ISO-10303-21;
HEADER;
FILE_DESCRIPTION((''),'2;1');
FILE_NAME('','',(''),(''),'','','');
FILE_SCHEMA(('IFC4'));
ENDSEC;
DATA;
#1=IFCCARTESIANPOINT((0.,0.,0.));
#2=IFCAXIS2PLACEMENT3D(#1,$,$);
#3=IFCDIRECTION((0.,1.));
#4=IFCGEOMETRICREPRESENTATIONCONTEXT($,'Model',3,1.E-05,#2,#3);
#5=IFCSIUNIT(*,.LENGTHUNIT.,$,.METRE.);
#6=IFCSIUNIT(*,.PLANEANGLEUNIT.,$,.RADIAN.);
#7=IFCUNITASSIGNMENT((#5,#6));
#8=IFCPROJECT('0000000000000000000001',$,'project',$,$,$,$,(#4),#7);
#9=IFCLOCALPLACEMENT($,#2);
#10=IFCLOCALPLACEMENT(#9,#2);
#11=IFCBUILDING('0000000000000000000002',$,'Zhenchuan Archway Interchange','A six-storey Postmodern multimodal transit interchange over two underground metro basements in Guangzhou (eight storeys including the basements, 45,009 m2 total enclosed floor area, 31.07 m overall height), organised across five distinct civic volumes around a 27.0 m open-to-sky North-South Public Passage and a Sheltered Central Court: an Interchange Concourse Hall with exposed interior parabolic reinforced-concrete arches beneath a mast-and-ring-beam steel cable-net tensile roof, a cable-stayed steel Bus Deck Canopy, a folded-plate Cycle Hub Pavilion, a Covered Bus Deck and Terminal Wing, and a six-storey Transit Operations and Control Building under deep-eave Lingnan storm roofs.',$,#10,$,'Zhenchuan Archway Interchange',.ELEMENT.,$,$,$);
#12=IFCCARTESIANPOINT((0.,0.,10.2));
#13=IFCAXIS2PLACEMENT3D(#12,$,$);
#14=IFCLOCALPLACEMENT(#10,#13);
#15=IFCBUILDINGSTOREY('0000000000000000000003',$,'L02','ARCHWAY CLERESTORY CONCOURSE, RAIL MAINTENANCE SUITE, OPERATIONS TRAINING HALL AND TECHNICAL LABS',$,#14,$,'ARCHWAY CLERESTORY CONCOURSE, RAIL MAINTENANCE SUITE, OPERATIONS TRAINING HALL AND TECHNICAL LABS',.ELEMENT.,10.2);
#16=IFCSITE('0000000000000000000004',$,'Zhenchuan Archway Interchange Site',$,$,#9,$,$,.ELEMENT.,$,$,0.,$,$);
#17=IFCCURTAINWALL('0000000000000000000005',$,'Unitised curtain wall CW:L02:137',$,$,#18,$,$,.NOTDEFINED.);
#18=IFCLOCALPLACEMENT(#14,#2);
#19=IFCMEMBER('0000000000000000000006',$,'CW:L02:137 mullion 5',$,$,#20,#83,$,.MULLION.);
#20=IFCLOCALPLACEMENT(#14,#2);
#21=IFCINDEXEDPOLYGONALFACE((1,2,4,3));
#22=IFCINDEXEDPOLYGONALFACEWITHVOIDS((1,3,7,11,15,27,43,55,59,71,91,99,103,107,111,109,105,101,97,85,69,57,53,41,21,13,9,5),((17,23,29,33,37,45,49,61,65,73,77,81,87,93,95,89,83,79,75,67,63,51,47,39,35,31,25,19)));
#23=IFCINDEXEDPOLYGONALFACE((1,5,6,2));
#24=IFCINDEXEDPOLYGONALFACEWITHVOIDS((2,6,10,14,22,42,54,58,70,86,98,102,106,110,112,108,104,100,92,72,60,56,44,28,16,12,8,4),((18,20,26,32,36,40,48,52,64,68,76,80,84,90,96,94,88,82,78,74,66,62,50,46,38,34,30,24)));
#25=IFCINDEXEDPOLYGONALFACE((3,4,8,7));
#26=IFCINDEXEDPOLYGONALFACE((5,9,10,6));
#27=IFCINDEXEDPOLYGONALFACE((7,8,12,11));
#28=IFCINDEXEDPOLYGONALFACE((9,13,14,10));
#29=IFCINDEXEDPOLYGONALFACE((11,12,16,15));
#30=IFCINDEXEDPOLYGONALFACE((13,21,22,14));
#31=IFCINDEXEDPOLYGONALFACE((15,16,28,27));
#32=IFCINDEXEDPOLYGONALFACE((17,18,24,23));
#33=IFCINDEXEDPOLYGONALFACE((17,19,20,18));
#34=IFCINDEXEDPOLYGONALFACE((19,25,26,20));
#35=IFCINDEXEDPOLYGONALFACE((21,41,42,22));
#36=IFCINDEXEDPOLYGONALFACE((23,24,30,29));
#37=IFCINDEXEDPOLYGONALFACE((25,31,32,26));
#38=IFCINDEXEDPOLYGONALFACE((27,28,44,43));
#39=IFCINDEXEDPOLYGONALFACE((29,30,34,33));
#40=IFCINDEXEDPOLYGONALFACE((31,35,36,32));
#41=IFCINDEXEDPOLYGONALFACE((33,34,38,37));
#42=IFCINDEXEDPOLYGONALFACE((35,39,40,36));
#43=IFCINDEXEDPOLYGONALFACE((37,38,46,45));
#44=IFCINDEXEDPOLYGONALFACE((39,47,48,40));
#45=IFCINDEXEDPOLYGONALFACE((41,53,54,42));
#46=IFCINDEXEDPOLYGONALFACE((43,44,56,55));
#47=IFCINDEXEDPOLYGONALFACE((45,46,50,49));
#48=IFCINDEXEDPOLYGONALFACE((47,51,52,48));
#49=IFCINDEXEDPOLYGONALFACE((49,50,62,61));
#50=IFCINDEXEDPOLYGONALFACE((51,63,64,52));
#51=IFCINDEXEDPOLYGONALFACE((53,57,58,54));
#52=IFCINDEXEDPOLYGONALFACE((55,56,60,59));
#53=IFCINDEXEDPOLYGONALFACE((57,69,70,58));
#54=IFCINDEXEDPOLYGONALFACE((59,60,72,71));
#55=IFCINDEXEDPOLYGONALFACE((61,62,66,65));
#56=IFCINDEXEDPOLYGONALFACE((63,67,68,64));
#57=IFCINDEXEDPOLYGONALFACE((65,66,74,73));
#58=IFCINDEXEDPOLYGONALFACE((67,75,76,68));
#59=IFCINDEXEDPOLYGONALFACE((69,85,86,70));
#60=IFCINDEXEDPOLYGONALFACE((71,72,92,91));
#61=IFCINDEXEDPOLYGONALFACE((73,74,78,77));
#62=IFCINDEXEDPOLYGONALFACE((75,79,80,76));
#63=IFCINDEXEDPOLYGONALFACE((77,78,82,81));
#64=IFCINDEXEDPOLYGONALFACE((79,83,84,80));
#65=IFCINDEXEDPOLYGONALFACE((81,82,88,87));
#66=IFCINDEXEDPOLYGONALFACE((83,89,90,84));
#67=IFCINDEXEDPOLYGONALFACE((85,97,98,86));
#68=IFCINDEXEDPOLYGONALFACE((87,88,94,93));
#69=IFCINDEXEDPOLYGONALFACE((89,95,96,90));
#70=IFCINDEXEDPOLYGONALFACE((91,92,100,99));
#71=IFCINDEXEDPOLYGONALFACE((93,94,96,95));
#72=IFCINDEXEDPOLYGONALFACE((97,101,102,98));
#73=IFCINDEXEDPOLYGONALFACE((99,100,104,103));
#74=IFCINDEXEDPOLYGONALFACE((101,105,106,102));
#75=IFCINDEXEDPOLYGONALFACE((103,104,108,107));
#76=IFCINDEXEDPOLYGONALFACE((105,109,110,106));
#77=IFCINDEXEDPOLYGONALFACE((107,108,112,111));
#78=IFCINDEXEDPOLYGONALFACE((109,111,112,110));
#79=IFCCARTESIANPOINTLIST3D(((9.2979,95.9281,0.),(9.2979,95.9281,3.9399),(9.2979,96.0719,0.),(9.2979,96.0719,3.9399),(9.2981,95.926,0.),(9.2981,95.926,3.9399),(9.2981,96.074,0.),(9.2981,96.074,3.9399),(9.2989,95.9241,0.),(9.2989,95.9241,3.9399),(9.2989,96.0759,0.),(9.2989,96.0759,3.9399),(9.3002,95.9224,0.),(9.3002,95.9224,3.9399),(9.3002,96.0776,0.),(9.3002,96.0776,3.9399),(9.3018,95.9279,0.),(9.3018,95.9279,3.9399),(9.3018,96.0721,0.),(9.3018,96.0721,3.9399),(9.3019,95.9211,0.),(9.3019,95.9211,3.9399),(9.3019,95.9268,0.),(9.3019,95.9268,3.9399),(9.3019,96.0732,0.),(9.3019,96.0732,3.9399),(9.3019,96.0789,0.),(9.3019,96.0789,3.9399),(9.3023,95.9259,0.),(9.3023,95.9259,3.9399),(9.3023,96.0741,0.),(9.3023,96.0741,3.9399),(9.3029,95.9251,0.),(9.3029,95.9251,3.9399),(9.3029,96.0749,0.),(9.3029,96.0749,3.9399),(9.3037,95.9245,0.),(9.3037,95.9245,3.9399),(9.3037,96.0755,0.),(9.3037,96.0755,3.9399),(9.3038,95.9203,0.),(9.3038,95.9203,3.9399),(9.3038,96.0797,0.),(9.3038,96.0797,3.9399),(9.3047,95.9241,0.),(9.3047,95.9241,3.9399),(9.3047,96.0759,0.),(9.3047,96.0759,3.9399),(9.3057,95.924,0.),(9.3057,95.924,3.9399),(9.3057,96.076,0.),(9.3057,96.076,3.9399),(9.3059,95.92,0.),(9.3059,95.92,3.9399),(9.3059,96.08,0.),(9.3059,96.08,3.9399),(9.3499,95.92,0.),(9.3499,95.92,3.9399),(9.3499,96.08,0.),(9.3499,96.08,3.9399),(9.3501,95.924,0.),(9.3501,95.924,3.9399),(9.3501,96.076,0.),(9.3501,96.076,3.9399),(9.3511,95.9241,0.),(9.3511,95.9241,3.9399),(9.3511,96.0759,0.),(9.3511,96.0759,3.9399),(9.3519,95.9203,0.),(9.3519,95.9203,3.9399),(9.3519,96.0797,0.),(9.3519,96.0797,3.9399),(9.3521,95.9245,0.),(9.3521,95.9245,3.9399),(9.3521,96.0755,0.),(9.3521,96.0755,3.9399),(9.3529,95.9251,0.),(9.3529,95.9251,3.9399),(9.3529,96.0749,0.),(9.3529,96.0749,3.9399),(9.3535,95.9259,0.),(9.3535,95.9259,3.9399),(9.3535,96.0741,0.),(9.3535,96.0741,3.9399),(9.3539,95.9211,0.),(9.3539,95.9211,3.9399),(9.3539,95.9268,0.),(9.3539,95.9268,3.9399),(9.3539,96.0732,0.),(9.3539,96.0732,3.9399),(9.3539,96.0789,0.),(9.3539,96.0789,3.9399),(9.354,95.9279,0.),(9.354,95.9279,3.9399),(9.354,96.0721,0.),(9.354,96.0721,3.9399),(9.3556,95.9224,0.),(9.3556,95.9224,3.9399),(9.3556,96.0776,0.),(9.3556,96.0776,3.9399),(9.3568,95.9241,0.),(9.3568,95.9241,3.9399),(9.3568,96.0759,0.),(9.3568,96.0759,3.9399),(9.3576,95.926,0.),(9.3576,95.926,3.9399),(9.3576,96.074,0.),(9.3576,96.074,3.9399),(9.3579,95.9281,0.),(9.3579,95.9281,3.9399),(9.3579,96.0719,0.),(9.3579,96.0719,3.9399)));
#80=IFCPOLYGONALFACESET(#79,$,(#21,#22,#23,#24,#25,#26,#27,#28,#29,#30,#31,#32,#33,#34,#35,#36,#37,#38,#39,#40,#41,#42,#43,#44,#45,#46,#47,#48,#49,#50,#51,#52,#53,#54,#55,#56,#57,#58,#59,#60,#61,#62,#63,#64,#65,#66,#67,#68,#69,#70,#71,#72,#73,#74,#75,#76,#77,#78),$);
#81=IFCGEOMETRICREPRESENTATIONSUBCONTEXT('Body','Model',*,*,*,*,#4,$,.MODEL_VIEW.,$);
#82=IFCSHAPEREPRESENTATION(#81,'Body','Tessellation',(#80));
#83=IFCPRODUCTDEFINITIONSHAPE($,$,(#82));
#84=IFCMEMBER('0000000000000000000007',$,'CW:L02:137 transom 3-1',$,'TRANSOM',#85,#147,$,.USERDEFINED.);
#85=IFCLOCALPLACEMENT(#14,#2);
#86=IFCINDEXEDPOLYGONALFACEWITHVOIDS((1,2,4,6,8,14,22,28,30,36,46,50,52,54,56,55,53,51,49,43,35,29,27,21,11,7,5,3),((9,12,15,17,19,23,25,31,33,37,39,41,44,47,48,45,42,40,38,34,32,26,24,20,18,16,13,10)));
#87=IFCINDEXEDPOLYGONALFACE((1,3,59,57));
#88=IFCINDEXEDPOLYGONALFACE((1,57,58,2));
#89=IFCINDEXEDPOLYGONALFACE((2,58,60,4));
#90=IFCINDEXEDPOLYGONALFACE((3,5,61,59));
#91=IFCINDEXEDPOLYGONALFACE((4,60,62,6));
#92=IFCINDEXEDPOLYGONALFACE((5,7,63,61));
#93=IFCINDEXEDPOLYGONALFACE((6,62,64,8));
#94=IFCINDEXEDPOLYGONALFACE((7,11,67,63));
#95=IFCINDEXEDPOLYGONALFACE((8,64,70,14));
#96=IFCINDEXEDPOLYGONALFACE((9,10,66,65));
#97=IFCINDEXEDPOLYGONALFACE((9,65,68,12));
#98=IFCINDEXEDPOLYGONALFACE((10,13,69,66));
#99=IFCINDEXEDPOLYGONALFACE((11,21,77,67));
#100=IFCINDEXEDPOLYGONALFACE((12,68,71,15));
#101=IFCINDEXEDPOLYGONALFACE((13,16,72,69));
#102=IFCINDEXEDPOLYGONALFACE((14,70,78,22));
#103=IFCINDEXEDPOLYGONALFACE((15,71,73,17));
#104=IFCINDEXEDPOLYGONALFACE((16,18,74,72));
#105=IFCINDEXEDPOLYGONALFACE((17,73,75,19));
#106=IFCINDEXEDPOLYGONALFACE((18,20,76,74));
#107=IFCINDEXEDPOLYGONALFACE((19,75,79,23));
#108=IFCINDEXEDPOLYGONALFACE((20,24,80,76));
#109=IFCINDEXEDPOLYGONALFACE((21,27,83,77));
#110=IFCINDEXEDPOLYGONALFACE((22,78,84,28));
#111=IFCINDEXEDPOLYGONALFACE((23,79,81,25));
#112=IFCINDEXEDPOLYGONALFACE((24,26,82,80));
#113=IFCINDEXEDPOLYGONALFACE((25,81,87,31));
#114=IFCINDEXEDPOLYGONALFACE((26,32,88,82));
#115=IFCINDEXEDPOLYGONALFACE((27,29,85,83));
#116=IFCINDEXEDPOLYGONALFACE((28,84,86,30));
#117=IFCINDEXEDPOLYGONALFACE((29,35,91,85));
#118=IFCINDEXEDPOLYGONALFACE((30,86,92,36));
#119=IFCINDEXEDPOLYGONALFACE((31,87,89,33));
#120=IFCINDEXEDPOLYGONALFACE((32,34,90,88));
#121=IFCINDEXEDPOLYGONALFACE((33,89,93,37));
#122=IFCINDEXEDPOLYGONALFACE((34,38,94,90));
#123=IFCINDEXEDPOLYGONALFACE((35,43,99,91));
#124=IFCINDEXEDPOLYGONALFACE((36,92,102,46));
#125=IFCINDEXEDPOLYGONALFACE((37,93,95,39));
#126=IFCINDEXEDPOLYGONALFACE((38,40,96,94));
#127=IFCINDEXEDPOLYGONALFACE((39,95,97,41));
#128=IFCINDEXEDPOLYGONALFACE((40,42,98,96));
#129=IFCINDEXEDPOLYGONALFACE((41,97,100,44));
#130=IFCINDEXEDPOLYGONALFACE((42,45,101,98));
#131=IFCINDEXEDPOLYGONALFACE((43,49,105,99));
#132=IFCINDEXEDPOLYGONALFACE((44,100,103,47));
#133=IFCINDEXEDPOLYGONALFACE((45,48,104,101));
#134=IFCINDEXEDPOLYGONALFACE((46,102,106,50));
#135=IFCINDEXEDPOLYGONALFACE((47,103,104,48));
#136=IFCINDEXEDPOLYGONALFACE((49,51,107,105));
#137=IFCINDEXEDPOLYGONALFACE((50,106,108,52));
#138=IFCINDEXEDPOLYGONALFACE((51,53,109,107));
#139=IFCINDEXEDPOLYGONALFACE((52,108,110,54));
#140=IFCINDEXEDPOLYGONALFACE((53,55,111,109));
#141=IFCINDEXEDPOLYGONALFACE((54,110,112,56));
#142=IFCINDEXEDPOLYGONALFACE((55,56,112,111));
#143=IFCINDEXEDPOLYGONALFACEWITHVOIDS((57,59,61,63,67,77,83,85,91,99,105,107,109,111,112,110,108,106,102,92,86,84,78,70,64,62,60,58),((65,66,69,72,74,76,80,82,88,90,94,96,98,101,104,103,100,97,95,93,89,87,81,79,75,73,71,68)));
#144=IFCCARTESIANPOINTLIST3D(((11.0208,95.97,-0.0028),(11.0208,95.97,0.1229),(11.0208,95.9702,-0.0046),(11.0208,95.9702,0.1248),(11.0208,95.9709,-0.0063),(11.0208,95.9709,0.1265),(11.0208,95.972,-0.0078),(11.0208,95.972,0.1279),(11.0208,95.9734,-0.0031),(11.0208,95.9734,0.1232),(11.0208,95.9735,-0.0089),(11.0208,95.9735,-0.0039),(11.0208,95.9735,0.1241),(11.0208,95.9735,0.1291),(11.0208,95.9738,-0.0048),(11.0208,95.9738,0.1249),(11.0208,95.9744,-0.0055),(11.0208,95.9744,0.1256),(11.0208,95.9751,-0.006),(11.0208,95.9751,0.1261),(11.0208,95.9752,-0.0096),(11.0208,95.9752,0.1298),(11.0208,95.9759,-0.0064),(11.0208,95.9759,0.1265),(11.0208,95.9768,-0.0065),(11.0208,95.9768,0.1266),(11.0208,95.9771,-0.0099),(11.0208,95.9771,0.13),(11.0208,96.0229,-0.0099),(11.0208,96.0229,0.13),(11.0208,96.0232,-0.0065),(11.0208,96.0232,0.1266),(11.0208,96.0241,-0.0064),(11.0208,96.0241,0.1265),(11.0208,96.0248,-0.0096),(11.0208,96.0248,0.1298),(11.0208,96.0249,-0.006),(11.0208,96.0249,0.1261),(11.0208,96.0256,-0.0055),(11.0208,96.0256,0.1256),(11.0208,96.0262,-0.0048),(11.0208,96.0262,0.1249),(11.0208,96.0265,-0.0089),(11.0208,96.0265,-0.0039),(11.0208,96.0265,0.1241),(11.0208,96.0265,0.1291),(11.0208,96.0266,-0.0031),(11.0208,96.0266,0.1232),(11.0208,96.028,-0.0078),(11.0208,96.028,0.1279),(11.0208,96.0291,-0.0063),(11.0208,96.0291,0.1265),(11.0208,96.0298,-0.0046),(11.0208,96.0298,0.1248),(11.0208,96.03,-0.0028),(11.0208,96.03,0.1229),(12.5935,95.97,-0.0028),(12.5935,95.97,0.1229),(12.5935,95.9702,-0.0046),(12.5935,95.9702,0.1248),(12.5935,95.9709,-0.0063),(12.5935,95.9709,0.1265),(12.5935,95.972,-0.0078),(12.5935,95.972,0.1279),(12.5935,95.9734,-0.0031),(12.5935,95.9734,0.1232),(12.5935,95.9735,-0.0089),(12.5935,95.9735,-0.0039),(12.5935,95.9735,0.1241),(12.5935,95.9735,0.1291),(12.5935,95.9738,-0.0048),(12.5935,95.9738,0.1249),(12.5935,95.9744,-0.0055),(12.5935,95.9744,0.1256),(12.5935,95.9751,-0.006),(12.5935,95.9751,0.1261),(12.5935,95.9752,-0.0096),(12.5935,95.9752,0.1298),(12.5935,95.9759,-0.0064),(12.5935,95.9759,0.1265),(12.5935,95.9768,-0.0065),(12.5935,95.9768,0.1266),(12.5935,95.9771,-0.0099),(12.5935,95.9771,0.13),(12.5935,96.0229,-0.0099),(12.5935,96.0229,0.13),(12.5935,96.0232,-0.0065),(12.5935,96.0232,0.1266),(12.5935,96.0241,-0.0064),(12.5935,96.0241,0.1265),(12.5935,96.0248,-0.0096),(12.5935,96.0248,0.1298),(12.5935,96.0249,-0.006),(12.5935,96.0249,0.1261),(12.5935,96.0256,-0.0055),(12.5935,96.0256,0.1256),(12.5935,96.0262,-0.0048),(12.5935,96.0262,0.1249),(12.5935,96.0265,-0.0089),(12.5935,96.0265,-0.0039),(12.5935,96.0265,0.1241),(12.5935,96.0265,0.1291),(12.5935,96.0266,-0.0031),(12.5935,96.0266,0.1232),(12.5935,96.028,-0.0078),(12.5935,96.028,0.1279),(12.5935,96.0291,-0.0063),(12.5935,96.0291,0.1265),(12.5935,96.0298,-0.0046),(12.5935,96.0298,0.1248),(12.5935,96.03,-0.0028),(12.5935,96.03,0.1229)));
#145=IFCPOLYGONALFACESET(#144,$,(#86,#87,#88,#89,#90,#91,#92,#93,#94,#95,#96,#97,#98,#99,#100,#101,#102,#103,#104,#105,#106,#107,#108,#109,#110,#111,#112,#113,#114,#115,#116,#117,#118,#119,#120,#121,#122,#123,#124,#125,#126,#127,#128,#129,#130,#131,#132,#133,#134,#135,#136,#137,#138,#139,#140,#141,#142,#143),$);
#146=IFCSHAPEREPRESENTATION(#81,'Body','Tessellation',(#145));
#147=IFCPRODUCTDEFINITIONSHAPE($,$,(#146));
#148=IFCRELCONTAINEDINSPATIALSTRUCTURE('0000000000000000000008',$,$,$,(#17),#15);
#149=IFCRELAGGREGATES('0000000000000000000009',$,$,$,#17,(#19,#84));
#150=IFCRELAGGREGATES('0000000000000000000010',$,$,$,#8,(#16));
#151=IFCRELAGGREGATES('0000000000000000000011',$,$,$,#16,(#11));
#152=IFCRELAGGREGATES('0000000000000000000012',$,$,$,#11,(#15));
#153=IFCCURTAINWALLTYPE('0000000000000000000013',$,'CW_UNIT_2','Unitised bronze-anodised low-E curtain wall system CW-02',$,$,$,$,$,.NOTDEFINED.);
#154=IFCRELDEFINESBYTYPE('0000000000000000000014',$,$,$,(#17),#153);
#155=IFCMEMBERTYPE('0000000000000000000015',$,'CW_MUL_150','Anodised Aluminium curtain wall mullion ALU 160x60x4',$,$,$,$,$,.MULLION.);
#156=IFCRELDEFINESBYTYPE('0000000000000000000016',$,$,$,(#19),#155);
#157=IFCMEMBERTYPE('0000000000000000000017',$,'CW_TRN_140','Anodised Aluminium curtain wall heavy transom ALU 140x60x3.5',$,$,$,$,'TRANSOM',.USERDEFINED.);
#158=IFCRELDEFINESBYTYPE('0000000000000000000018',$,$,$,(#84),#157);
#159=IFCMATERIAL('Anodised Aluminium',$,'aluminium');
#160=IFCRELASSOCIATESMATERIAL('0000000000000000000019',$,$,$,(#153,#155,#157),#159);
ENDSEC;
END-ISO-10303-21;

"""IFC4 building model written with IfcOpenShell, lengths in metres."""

from ifc_helpers import new_model, si_unit, direction, frame, origin, origin_2d, place, context, subcontext, project, spatial, hollow_rectangle, extrude, material, material_profile, profile_set, type_object, element, aggregate, save


model = new_model("IFC4")

# Units and contexts
model_context = context("Model", 3, precision=1e-05, world=origin(), true_north=direction((0.0, 1.0)))
body_context = subcontext(model_context, "Body", "Model", "MODEL_VIEW")
ifc_project = project(units=[si_unit("LENGTHUNIT", "METRE"), si_unit("PLANEANGLEUNIT", "RADIAN")], contexts=[model_context])

# Site, building, storey
site_placement = place(None, origin())
site = spatial("IfcSite", under=ifc_project, at=site_placement, Name="Zhenchuan Archway Interchange Site", CompositionType="ELEMENT", RefElevation=0.0)
building_placement = place(site_placement, origin())
building = spatial("IfcBuilding", under=site, at=building_placement, Name="Zhenchuan Archway Interchange", Description="A six-storey Postmodern multimodal transit interchange over two underground metro basements in Guangzhou (eight storeys including the basements, 45,009 m2 total enclosed floor area, 31.07 m overall height), organised across five distinct civic volumes around a 27.0 m open-to-sky North-South Public Passage and a Sheltered Central Court: an Interchange Concourse Hall with exposed interior parabolic reinforced-concrete arches beneath a mast-and-ring-beam steel cable-net tensile roof, a cable-stayed steel Bus Deck Canopy, a folded-plate Cycle Hub Pavilion, a Covered Bus Deck and Terminal Wing, and a six-storey Transit Operations and Control Building under deep-eave Lingnan storm roofs.", LongName="Zhenchuan Archway Interchange", CompositionType="ELEMENT")
storey_placement = place(building_placement, frame((0.0, 0.0, 10.2)))
storey = spatial("IfcBuildingStorey", under=building, at=storey_placement, Name="L02", Description="ARCHWAY CLERESTORY CONCOURSE, RAIL MAINTENANCE SUITE, OPERATIONS TRAINING HALL AND TECHNICAL LABS", LongName="ARCHWAY CLERESTORY CONCOURSE, RAIL MAINTENANCE SUITE, OPERATIONS TRAINING HALL AND TECHNICAL LABS", CompositionType="ELEMENT", Elevation=10.2)

# Curtain wall, members
ifc_material_1 = material(Name="Anodised Aluminium", Category="aluminium")
curtain_wall_type = type_object("IfcCurtainWallType", Name="CW_UNIT_2", Description="Unitised bronze-anodised low-E curtain wall system CW-02", PredefinedType="NOTDEFINED", material=ifc_material_1)
curtain_wall_placement = place(storey_placement, origin())
curtain_wall = element("IfcCurtainWall", 1, at=curtain_wall_placement, inside=storey, type_object=curtain_wall_type, Name="Unitised curtain wall CW:L02:137", PredefinedType="NOTDEFINED")
ifc_material_profile_1 = material_profile(ifc_material_1, hollow_rectangle(XDim=0.0601, YDim=0.1599, WallThickness=0.0039, InnerFilletRadius=0.0039, OuterFilletRadius=0.0081, at=origin_2d()), Name="ALU 160x60x4")
ifc_profile_set_1 = profile_set([ifc_material_profile_1], Name="Anodised Aluminium")
member_type_1 = type_object("IfcMemberType", Name="CW_MUL_150", Description="Anodised Aluminium curtain wall mullion ALU 160x60x4", PredefinedType="MULLION", material=ifc_profile_set_1)
member_1_placement = place(storey_placement, frame((9.3279, 96.0, 0.0), z_axis=(0.0, 0.0, 1.0), x_axis=(1.0, 0.0, 0.0)))
member_1 = element("IfcMember", 2, at=member_1_placement, type_object=member_type_1, Name="CW:L02:137 mullion 5", PredefinedType="MULLION", context=body_context, shape_type="SweptSolid", body=[
    extrude(hollow_rectangle(XDim=0.0601, YDim=0.1599, WallThickness=0.0039, InnerFilletRadius=0.0039, OuterFilletRadius=0.0081, at=origin_2d()), origin(), (0.0, 0.0, 1.0), 3.9399),
])
ifc_material_profile_2 = material_profile(ifc_material_1, hollow_rectangle(XDim=0.0601, YDim=0.1399, WallThickness=0.0034, InnerFilletRadius=0.0034, OuterFilletRadius=0.0071, at=origin_2d()), Name="ALU 140x60x3.5")
ifc_profile_set_2 = profile_set([ifc_material_profile_2], Name="Anodised Aluminium")
member_type_2 = type_object("IfcMemberType", Name="CW_TRN_140", Description="Anodised Aluminium curtain wall heavy transom ALU 140x60x3.5", ElementType="TRANSOM", PredefinedType="USERDEFINED", material=ifc_profile_set_2)
member_2_placement = place(storey_placement, frame((12.5935, 96.0, 0.0601), z_axis=(-1.0, 0.0, 0.0), x_axis=(0.0, -1.0, 0.0)))
member_2 = element("IfcMember", 3, at=member_2_placement, type_object=member_type_2, Name="CW:L02:137 transom 3-1", ObjectType="TRANSOM", PredefinedType="USERDEFINED", context=body_context, shape_type="SweptSolid", body=[
    extrude(hollow_rectangle(XDim=0.0601, YDim=0.1399, WallThickness=0.0034, InnerFilletRadius=0.0034, OuterFilletRadius=0.0071, at=origin_2d()), origin(), (0.0, 0.0, 1.0), 1.5728),
])

aggregate(curtain_wall, [member_1, member_2])

save(model, "model.ifc")
